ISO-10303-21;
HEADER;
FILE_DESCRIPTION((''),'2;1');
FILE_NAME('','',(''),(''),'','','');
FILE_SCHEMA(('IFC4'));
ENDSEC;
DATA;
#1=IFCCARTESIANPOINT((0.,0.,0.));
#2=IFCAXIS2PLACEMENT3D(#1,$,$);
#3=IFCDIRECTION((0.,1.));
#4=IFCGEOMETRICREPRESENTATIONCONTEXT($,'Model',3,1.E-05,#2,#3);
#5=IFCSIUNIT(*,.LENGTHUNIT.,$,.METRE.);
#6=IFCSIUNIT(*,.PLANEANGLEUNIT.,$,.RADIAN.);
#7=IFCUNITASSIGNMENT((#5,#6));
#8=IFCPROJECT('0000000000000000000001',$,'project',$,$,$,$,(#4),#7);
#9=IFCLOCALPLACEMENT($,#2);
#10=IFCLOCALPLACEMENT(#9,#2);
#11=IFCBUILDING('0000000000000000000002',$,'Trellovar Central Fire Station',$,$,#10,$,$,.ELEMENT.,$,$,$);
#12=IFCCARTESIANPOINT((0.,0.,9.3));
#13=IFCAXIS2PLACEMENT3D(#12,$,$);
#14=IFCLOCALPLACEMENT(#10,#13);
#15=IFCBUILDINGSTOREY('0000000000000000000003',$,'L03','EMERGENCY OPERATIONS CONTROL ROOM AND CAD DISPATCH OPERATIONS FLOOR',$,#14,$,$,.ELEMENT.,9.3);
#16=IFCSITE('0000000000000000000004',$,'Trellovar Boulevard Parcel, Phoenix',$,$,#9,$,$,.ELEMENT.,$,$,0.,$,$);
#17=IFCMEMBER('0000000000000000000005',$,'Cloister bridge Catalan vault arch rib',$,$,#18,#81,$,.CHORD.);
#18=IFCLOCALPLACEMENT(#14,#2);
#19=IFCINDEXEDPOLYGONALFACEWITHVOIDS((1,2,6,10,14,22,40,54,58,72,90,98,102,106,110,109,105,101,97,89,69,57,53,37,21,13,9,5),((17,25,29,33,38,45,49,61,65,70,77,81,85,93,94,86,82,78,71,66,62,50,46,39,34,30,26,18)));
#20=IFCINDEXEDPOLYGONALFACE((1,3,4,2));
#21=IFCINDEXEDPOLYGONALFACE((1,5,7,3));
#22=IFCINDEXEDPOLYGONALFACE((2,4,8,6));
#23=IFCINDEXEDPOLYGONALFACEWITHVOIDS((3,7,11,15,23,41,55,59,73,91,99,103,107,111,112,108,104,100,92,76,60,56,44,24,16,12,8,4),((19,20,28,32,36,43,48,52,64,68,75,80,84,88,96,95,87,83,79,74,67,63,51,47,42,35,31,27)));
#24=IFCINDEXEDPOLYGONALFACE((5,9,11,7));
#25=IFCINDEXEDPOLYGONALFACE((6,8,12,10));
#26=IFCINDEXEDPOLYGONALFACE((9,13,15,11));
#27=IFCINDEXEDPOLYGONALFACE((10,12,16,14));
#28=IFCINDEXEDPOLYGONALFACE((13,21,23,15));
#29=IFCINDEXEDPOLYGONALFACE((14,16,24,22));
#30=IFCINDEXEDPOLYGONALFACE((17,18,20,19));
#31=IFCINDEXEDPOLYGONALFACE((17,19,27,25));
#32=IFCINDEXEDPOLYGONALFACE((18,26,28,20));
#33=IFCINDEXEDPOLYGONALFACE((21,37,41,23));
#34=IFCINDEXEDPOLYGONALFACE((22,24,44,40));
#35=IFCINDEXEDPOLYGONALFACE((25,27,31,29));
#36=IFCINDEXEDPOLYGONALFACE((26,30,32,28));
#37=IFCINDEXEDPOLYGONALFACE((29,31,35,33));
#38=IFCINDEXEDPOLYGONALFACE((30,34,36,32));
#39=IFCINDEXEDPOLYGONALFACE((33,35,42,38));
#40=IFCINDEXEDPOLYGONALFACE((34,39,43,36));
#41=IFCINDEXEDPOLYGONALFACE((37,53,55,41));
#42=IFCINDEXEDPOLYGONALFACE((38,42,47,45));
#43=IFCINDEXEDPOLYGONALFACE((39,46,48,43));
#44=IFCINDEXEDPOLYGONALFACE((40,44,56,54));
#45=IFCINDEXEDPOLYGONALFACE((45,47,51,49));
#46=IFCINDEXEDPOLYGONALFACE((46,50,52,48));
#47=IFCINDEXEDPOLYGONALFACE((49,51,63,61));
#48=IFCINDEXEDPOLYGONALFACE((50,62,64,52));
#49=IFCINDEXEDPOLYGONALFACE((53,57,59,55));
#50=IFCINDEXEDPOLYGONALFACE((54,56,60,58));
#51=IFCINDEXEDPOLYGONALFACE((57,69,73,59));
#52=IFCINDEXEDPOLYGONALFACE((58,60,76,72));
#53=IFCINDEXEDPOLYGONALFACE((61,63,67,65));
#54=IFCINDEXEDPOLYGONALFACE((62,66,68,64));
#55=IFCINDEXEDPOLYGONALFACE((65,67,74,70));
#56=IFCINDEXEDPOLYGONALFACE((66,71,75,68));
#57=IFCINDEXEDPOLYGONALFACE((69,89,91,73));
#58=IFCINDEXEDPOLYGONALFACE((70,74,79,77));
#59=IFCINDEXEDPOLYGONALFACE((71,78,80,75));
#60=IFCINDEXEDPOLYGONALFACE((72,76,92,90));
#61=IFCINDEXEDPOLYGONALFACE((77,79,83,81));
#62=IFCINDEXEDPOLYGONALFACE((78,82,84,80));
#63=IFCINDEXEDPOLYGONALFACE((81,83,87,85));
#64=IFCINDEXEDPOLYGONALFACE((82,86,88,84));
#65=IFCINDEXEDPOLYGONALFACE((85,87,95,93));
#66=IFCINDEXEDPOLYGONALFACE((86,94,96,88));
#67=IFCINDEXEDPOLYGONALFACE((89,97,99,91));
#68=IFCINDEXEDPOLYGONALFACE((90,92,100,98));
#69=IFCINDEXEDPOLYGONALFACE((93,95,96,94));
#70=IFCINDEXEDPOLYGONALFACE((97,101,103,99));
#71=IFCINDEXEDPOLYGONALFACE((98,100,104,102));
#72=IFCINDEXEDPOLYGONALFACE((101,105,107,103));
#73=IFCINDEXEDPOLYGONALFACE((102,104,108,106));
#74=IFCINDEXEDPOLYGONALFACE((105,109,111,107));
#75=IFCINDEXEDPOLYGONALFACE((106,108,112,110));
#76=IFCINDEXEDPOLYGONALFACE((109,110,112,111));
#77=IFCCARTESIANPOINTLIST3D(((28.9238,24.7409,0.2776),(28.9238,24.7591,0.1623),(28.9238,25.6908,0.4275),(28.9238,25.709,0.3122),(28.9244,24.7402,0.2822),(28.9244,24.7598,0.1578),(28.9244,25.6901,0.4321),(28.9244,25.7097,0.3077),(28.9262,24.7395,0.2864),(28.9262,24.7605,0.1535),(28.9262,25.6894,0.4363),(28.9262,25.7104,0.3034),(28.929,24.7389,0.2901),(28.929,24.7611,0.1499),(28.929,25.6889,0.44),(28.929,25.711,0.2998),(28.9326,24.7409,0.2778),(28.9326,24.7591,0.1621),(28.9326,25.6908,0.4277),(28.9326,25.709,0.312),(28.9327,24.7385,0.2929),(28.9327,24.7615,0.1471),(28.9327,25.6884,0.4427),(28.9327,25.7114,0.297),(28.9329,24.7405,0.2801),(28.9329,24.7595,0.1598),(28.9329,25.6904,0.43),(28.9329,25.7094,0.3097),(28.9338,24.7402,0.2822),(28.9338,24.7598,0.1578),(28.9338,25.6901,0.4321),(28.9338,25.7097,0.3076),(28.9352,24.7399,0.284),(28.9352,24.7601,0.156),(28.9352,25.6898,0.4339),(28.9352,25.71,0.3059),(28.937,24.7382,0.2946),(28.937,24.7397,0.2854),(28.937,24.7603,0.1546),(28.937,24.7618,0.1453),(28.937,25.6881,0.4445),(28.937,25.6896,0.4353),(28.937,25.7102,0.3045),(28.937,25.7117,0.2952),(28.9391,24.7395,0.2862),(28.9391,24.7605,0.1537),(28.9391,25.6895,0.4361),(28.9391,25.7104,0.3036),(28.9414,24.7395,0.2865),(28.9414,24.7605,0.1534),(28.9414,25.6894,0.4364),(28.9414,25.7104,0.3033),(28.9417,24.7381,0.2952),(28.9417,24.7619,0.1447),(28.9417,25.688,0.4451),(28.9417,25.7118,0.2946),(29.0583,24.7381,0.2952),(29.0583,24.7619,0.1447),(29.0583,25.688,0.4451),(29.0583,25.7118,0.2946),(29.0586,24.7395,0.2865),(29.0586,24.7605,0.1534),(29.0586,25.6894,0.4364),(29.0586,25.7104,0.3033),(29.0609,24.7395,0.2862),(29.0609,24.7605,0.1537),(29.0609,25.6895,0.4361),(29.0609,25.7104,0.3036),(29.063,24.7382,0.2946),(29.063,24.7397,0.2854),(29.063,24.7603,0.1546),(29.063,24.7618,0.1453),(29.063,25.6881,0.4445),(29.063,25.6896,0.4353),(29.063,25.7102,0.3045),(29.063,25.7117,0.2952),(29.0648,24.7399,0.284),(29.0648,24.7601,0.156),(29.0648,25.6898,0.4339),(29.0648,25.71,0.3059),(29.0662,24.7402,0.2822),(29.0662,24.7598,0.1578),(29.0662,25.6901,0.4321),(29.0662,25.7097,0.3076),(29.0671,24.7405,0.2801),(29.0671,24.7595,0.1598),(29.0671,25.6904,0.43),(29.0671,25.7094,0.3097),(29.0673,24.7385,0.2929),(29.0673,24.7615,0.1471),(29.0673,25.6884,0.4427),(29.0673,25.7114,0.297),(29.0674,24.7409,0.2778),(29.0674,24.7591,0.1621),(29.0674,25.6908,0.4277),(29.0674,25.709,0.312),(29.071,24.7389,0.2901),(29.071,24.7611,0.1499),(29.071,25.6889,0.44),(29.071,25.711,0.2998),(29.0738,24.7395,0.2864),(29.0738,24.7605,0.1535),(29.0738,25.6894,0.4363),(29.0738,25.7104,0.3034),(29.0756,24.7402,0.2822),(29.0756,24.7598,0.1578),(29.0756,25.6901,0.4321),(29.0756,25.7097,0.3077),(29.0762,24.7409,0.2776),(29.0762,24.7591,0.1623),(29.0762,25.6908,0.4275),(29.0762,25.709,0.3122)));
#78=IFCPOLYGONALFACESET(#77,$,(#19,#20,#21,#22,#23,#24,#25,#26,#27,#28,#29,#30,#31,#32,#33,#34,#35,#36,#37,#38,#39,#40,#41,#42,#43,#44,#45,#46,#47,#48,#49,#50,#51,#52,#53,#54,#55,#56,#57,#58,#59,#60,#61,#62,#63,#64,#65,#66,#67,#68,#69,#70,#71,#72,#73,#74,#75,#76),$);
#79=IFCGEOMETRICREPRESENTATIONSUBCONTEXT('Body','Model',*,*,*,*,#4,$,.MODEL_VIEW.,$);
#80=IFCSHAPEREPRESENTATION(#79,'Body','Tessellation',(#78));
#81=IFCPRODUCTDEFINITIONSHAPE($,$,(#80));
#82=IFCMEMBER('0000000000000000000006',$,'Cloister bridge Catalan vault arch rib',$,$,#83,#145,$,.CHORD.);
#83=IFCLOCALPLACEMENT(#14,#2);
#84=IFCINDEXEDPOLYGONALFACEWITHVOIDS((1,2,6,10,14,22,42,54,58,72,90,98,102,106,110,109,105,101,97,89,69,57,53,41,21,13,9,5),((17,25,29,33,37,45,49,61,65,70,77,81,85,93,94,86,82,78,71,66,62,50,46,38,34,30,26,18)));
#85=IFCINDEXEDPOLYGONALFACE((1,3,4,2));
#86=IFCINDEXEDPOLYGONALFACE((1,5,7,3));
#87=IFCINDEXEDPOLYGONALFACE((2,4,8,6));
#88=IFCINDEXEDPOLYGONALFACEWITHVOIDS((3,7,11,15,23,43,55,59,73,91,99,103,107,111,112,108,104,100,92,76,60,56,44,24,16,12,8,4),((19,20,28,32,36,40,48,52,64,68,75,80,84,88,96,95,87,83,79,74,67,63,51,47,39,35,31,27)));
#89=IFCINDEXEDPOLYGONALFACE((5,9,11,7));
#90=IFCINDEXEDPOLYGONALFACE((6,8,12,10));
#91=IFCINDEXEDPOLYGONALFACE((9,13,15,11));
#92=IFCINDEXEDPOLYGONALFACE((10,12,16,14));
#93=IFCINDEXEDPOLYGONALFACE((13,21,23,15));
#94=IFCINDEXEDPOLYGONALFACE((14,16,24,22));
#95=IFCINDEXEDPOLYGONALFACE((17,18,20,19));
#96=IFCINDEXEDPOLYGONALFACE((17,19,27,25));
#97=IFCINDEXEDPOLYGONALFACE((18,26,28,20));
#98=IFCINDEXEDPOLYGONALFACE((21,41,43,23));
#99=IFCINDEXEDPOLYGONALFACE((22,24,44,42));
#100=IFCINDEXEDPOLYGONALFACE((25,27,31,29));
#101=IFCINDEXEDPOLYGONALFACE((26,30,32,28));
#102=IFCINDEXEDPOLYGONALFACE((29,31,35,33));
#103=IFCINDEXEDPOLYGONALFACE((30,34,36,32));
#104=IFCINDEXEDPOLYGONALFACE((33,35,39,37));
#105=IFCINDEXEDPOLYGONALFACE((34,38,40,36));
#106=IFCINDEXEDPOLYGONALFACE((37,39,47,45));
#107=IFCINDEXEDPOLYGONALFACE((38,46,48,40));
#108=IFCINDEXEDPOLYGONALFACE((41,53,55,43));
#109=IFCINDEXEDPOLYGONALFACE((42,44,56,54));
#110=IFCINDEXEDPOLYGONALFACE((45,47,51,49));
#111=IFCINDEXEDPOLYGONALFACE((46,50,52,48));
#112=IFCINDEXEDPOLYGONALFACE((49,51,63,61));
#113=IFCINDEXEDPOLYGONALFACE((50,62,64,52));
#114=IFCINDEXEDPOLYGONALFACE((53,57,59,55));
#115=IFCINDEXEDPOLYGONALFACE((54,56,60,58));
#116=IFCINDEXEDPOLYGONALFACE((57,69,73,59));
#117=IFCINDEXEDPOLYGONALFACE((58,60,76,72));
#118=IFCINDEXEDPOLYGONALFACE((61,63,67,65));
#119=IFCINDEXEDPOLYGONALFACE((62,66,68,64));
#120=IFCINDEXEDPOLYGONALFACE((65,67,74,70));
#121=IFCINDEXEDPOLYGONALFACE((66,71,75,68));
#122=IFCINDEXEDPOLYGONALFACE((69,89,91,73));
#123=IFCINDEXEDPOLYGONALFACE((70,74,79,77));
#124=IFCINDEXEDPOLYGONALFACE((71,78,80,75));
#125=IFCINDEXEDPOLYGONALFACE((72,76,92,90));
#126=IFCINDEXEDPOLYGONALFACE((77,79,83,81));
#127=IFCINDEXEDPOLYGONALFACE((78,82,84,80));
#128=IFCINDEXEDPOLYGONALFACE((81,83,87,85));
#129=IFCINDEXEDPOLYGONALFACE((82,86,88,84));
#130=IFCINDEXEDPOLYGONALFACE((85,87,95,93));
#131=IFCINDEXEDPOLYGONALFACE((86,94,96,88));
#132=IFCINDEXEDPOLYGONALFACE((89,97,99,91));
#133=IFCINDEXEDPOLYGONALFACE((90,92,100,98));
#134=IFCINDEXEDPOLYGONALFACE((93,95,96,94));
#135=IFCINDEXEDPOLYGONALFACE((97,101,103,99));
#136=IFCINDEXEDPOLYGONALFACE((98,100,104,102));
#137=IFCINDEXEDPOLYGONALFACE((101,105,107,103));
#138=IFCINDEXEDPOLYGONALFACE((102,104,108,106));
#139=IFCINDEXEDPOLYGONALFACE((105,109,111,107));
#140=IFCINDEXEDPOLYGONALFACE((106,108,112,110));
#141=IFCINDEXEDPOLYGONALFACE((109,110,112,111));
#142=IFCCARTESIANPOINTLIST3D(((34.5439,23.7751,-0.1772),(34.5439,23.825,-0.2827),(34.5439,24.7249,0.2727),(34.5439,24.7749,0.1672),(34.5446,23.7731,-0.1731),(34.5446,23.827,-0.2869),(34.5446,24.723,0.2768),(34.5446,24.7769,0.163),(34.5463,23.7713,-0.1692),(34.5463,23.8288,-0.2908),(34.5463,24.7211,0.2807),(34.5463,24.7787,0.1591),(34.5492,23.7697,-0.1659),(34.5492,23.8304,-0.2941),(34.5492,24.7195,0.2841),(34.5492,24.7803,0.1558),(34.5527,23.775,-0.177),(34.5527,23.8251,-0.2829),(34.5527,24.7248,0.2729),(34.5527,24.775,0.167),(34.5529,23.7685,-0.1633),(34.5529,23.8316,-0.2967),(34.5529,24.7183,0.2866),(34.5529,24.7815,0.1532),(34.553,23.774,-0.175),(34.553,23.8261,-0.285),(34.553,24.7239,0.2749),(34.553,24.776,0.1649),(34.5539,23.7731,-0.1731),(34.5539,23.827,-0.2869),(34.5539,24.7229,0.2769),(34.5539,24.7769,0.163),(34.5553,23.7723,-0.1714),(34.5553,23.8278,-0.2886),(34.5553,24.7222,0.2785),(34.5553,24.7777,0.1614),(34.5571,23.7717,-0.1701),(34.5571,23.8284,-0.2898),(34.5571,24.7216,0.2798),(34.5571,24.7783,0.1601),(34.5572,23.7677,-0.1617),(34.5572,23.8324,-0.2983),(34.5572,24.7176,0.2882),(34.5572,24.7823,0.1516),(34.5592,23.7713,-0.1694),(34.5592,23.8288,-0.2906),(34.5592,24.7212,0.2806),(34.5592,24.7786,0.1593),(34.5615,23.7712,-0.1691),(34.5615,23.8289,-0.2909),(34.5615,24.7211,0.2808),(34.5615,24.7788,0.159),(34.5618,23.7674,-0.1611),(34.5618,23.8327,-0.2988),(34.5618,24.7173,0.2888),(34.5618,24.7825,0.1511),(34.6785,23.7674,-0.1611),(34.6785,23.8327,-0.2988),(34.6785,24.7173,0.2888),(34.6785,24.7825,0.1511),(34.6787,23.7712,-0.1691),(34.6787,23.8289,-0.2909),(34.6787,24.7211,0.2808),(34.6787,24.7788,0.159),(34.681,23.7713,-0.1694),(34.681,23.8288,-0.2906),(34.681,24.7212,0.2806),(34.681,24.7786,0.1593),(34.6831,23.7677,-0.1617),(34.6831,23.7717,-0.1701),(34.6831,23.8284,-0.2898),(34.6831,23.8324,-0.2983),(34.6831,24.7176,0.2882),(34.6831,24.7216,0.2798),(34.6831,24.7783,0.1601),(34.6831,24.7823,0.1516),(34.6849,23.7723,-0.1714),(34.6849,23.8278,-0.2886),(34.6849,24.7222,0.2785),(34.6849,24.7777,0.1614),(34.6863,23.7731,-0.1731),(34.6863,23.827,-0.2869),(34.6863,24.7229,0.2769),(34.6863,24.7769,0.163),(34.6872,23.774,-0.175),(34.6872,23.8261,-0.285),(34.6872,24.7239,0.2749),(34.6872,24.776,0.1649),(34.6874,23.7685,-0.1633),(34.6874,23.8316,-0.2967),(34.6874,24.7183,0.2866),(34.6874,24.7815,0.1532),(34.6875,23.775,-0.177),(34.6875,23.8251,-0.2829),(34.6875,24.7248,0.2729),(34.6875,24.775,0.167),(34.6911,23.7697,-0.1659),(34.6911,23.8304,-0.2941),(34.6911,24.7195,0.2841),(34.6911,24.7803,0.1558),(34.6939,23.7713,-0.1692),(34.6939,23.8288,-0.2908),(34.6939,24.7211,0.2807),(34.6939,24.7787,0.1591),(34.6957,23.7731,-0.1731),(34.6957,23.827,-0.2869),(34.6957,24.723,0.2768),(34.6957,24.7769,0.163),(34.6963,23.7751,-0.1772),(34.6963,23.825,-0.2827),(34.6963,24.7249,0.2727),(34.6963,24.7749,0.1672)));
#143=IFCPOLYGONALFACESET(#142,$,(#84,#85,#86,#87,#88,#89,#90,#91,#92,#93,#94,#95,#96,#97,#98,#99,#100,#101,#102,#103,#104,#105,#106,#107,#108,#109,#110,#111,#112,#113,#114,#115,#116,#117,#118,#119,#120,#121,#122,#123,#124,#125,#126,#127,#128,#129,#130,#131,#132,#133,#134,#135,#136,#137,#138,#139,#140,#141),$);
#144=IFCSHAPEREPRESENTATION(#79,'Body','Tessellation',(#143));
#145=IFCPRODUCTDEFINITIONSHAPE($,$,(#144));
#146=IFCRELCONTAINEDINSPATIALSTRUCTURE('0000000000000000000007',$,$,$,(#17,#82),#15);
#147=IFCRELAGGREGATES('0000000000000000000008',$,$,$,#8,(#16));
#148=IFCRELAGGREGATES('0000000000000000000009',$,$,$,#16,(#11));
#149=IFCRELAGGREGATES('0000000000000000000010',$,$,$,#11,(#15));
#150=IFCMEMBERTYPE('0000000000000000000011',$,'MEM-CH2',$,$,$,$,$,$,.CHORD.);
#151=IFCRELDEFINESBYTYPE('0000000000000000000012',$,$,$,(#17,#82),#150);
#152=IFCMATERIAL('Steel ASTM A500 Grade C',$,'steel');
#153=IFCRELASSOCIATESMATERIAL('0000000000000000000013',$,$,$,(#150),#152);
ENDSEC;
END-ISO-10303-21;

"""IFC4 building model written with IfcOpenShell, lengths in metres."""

from ifc_helpers import new_model, si_unit, direction, frame, origin, origin_2d, place, context, subcontext, project, spatial, hollow_rectangle, extrude, material, material_profile, profile_set, type_object, element, save


model = new_model("IFC4")

# Units and contexts
model_context = context("Model", 3, precision=1e-05, world=origin(), true_north=direction((0.0, 1.0)))
body_context = subcontext(model_context, "Body", "Model", "MODEL_VIEW")
ifc_project = project(units=[si_unit("LENGTHUNIT", "METRE"), si_unit("PLANEANGLEUNIT", "RADIAN")], contexts=[model_context])

# Site, building, storey
site_placement = place(None, origin())
site = spatial("IfcSite", under=ifc_project, at=site_placement, Name="Trellovar Boulevard Parcel, Phoenix", CompositionType="ELEMENT", RefElevation=0.0)
building_placement = place(site_placement, origin())
building = spatial("IfcBuilding", under=site, at=building_placement, Name="Trellovar Central Fire Station", CompositionType="ELEMENT")
storey_placement = place(building_placement, frame((0.0, 0.0, 9.3)))
storey = spatial("IfcBuildingStorey", under=building, at=storey_placement, Name="L03", Description="EMERGENCY OPERATIONS CONTROL ROOM AND CAD DISPATCH OPERATIONS FLOOR", CompositionType="ELEMENT", Elevation=9.3)

# Members
ifc_material_1 = material(Name="Steel ASTM A500 Grade C", Category="steel")
ifc_material_profile_1 = material_profile(ifc_material_1, hollow_rectangle(XDim=0.1523, YDim=0.1523, WallThickness=0.0088, InnerFilletRadius=0.0088, OuterFilletRadius=0.0178, at=origin_2d()), Name="HSS6X6X3/8")
ifc_profile_set_1 = profile_set([ifc_material_profile_1], Name="Steel ASTM A500 Grade C")
member_type_1 = type_object("IfcMemberType", Name="MEM-CH2", PredefinedType="CHORD", material=ifc_profile_set_1)
member_1_placement = place(storey_placement, frame((29.0, 24.75, 0.22), z_axis=(0.0, 0.987777, 0.155871), x_axis=(-1.0, 0.0, 0.0)))
element("IfcMember", 1, at=member_1_placement, inside=storey, type_object=member_type_1, Name="Cloister bridge Catalan vault arch rib", PredefinedType="CHORD", context=body_context, shape_type="SweptSolid", body=[
    extrude(hollow_rectangle(XDim=0.1523, YDim=0.1523, WallThickness=0.0088, InnerFilletRadius=0.0088, OuterFilletRadius=0.0178, at=origin_2d()), origin(), (0.0, 0.0, 1.0), 0.9617),
])
member_2_placement = place(storey_placement, frame((34.6201, 23.8, -0.23), z_axis=(0.0, 0.903747, 0.428066), x_axis=(-1.0, 0.0, 0.0)))
element("IfcMember", 2, at=member_2_placement, inside=storey, type_object=member_type_1, Name="Cloister bridge Catalan vault arch rib", PredefinedType="CHORD", context=body_context, shape_type="SweptSolid", body=[
    extrude(hollow_rectangle(XDim=0.1523, YDim=0.1523, WallThickness=0.0088, InnerFilletRadius=0.0088, OuterFilletRadius=0.0178, at=origin_2d()), origin(), (0.0, 0.0, 1.0), 1.051),
])

save(model, "model.ifc")
